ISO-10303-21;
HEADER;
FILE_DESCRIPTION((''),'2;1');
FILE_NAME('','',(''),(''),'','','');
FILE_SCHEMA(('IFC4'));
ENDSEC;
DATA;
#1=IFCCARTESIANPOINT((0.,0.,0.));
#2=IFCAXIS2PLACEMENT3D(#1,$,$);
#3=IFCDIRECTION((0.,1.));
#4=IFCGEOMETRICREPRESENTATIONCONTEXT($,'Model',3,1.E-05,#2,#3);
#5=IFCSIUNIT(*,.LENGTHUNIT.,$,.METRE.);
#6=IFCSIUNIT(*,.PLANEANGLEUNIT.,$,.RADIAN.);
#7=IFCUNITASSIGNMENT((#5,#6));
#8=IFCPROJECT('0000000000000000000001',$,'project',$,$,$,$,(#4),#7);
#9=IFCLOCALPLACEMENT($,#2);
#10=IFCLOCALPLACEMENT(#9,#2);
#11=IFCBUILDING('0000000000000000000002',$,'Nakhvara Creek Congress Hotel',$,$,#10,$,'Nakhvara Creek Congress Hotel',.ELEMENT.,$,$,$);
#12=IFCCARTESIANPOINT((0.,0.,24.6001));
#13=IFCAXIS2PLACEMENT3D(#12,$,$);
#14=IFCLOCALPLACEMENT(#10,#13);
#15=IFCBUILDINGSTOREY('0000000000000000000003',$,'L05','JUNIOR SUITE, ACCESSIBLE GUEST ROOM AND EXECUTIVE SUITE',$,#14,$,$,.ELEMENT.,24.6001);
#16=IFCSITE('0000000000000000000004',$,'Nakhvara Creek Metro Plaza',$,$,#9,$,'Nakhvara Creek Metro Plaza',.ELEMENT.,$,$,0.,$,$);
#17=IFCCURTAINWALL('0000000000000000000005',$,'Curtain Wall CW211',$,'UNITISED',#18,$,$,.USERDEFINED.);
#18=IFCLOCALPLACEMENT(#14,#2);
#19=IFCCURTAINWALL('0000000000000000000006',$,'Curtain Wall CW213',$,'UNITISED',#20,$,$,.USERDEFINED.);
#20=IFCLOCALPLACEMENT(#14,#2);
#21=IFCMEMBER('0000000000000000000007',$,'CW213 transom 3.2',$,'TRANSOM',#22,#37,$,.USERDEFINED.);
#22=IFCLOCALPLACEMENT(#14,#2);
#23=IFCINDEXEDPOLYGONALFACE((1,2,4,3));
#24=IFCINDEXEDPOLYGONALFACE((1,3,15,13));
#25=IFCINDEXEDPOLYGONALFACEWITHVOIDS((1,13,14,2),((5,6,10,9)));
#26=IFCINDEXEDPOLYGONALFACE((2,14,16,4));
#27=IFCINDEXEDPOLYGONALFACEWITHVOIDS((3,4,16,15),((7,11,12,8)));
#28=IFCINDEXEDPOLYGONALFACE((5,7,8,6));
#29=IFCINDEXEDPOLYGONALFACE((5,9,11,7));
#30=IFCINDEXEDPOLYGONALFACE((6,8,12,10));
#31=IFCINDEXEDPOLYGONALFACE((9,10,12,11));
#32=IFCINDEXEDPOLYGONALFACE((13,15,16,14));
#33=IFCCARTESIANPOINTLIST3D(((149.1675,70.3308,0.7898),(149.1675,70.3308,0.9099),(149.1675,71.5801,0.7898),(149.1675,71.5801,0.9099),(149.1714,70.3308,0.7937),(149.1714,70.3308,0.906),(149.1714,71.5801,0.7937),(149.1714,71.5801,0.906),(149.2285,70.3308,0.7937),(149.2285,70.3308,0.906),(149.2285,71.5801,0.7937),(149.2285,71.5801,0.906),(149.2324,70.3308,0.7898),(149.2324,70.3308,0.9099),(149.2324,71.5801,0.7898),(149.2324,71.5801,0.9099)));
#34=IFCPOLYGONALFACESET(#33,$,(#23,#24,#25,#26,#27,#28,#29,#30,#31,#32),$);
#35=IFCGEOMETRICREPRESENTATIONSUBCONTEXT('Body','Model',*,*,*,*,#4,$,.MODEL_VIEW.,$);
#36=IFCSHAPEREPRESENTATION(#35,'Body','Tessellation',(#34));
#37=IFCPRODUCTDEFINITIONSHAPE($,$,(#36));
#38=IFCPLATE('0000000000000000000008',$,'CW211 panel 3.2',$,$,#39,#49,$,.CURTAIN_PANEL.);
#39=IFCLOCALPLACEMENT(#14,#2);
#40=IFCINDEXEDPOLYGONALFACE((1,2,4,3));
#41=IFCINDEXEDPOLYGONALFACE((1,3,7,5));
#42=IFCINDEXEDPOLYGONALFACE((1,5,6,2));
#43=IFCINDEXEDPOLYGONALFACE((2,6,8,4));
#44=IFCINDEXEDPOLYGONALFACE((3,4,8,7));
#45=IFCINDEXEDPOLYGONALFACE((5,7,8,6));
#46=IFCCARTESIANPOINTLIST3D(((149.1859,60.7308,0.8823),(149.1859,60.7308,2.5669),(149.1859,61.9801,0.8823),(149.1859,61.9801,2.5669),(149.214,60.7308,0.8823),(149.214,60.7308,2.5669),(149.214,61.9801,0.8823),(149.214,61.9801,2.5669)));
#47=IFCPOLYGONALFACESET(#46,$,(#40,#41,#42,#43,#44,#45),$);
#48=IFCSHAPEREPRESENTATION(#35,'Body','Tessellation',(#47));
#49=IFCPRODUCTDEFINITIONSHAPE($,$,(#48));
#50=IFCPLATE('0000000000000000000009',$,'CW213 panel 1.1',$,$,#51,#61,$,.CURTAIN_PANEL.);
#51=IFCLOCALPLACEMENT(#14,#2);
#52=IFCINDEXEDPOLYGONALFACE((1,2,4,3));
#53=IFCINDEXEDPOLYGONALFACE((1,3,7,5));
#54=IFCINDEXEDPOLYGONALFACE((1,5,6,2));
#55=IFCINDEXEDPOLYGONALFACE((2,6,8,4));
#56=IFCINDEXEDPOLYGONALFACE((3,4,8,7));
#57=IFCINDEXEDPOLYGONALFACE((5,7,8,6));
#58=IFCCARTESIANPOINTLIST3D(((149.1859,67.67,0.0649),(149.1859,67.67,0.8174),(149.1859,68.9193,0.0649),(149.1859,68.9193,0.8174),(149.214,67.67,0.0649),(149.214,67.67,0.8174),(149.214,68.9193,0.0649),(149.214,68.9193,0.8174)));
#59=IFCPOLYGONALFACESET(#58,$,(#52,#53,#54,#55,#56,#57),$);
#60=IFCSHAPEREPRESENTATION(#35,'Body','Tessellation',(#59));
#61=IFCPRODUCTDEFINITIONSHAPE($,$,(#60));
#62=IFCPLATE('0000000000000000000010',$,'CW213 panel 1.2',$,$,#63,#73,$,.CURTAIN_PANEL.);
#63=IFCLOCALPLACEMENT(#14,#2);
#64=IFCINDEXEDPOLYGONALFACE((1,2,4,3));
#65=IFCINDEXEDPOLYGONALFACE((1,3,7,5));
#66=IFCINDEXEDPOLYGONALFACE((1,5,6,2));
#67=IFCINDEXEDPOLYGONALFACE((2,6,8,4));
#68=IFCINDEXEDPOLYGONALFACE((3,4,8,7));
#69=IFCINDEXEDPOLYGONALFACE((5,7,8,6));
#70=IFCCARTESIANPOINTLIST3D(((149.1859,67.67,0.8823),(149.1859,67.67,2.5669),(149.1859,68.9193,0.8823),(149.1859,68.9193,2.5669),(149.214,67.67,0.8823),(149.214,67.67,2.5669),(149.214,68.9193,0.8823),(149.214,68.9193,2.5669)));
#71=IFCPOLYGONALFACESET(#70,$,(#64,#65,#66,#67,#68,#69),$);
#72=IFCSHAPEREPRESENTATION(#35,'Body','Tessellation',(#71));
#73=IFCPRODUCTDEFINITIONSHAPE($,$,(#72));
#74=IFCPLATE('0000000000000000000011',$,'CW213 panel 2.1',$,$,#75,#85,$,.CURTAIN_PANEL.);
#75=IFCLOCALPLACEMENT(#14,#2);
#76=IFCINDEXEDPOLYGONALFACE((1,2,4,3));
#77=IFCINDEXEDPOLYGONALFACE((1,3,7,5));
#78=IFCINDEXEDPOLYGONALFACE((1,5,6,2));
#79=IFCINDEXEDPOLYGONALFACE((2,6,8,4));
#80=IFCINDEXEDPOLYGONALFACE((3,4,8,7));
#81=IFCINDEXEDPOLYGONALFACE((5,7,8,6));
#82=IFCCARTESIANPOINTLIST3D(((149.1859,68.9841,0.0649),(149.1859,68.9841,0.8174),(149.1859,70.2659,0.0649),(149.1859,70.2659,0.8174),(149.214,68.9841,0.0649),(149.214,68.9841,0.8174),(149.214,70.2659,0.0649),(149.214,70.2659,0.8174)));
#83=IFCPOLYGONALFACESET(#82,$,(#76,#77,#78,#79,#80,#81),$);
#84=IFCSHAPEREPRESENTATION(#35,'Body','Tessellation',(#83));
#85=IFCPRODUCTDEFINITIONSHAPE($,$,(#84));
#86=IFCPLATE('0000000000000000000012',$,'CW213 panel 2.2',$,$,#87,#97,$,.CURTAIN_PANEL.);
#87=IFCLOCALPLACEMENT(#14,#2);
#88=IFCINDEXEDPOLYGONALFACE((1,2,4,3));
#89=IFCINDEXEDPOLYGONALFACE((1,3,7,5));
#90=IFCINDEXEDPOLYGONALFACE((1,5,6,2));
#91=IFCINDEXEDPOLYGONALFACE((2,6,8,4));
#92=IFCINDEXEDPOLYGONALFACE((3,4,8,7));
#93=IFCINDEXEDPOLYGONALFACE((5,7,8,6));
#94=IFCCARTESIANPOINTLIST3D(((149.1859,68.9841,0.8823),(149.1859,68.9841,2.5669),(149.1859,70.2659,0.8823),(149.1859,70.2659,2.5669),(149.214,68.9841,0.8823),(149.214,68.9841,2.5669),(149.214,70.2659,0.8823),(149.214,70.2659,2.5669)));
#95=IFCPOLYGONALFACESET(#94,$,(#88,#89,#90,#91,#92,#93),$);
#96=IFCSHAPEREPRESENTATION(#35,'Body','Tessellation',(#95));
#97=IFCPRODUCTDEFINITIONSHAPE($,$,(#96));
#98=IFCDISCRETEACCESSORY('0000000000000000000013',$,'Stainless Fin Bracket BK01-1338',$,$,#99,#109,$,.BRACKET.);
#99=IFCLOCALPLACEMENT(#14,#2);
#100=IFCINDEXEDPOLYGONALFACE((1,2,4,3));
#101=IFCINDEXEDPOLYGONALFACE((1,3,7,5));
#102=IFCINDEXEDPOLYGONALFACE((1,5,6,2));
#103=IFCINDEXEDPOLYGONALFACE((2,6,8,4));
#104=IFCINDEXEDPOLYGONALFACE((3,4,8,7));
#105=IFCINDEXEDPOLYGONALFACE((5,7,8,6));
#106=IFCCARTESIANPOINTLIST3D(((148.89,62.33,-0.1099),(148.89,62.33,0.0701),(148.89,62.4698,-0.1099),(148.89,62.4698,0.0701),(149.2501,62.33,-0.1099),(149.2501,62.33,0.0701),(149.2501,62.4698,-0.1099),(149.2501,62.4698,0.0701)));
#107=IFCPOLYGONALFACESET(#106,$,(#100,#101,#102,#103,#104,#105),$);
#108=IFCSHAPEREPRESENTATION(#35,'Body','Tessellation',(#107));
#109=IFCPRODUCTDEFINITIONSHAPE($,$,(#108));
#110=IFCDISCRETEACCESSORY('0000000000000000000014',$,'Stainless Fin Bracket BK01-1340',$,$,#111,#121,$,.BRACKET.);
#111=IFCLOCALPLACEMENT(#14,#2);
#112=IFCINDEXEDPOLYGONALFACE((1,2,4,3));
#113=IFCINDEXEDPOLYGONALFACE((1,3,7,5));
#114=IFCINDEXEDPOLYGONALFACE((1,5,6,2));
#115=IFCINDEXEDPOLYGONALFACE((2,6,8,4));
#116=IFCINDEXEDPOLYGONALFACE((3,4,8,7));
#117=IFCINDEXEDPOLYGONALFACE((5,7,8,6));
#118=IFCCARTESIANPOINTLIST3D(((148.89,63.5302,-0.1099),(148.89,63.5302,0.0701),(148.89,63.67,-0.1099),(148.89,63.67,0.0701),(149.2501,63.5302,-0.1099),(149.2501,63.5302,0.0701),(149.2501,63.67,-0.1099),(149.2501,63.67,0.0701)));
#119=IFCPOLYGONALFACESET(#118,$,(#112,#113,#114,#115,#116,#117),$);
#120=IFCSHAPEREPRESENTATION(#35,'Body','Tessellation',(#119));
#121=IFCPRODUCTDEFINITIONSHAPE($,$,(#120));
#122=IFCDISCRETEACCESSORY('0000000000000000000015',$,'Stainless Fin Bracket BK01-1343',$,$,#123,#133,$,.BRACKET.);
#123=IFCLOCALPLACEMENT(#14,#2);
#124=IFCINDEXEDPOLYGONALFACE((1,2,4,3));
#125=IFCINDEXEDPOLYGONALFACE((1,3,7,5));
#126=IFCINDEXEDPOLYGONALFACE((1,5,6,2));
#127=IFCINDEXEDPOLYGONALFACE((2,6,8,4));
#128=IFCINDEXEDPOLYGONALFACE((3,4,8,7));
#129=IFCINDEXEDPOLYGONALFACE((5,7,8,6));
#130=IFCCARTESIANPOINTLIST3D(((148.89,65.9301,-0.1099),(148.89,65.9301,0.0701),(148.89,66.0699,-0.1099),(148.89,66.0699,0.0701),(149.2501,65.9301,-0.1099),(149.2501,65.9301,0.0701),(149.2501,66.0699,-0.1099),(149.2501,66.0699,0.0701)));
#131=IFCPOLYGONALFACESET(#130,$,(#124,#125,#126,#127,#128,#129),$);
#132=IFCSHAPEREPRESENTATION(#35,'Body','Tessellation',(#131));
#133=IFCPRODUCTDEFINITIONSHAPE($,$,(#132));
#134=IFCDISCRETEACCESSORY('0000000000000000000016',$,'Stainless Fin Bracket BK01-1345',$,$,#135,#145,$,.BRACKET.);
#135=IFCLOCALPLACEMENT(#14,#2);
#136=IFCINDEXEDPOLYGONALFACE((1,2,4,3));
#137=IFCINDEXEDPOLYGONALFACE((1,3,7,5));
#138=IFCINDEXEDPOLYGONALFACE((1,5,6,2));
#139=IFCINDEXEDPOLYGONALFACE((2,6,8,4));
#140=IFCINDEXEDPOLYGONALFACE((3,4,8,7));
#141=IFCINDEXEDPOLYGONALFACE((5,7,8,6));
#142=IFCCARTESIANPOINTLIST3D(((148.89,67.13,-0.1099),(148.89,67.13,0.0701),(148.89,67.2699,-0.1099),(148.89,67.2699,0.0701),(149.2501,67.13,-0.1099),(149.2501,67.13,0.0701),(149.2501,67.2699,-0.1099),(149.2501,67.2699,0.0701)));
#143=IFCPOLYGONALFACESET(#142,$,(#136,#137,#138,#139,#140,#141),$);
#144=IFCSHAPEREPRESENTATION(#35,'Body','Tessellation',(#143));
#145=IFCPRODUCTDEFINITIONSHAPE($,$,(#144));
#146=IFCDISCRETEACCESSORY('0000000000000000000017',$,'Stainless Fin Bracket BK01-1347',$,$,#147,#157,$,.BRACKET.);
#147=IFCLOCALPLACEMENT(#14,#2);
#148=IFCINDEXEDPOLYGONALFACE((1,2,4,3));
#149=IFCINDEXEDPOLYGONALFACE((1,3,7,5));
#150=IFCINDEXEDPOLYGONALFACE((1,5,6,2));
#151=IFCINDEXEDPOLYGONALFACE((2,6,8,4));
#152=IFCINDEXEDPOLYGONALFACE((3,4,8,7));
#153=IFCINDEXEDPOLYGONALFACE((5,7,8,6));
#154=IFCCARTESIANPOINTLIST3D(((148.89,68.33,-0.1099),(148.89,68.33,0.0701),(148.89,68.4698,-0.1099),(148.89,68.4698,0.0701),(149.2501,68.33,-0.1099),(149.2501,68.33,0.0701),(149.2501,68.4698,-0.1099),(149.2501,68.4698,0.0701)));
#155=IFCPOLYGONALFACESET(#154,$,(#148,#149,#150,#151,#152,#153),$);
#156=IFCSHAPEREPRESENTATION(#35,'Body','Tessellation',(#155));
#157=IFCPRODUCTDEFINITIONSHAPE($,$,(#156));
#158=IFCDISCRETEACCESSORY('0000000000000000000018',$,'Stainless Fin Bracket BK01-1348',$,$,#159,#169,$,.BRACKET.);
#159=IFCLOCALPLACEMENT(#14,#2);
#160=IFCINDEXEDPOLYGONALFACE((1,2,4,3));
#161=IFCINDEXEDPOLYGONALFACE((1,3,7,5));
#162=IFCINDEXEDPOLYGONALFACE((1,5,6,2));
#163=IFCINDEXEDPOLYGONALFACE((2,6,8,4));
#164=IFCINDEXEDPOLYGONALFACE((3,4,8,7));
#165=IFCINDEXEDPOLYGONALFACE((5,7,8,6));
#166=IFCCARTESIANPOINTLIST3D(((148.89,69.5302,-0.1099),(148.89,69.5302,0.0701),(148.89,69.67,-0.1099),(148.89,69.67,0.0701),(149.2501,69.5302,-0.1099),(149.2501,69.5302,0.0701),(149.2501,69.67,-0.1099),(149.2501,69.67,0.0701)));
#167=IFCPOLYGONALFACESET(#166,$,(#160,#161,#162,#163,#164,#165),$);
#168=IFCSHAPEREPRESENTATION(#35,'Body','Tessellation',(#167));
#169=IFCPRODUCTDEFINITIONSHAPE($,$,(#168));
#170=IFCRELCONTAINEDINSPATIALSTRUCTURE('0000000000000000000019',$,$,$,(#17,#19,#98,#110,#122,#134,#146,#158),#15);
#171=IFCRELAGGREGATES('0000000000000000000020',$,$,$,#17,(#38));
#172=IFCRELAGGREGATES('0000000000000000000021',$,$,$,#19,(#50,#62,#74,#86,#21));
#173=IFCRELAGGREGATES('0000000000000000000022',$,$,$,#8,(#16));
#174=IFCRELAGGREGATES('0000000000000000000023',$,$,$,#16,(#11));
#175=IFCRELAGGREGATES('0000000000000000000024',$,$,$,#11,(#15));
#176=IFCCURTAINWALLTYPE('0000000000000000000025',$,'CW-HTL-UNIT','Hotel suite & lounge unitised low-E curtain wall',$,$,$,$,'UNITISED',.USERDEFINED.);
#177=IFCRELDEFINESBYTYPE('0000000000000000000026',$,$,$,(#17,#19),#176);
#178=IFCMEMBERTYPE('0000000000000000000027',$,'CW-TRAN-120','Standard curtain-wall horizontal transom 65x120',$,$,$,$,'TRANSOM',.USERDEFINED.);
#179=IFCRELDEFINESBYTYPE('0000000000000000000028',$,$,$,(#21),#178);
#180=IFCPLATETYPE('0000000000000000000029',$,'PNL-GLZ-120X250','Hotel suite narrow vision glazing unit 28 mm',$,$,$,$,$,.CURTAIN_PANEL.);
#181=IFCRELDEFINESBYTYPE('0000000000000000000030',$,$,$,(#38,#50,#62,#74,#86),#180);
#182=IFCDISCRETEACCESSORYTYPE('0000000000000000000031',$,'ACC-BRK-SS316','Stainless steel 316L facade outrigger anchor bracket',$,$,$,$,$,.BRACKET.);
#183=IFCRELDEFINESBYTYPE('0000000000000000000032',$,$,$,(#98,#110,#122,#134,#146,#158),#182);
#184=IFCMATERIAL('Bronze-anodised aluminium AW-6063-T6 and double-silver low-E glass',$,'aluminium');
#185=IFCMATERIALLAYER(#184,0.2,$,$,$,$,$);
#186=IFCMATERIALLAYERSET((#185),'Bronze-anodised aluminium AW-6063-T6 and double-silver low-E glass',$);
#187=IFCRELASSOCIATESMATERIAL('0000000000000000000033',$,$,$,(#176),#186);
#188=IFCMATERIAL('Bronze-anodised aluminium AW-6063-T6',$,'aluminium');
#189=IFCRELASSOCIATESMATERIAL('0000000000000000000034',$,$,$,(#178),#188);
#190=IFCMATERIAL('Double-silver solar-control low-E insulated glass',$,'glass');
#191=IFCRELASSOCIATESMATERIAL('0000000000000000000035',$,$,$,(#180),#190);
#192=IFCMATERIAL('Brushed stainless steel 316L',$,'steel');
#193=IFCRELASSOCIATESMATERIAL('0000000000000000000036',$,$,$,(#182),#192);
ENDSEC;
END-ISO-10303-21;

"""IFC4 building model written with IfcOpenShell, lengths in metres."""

from ifc_helpers import new_model, si_unit, direction, frame, origin, origin_2d, place, context, subcontext, project, spatial, rectangle, hollow_rectangle, extrude, material, layer, layer_set, material_profile, profile_set, type_object, element, aggregate, save


model = new_model("IFC4")

# Units and contexts
model_context = context("Model", 3, precision=1e-05, world=origin(), true_north=direction((0.0, 1.0)))
body_context = subcontext(model_context, "Body", "Model", "MODEL_VIEW")
ifc_project = project(units=[si_unit("LENGTHUNIT", "METRE"), si_unit("PLANEANGLEUNIT", "RADIAN")], contexts=[model_context])

# Site, building, storey
site_placement = place(None, origin())
site = spatial("IfcSite", under=ifc_project, at=site_placement, Name="Nakhvara Creek Metro Plaza", LongName="Nakhvara Creek Metro Plaza", CompositionType="ELEMENT", RefElevation=0.0)
building_placement = place(site_placement, origin())
building = spatial("IfcBuilding", under=site, at=building_placement, Name="Nakhvara Creek Congress Hotel", LongName="Nakhvara Creek Congress Hotel", CompositionType="ELEMENT")
storey_placement = place(building_placement, frame((0.0, 0.0, 24.6001)))
storey = spatial("IfcBuildingStorey", under=building, at=storey_placement, Name="L05", Description="JUNIOR SUITE, ACCESSIBLE GUEST ROOM AND EXECUTIVE SUITE", CompositionType="ELEMENT", Elevation=24.6001)

# Curtain wall
ifc_material_1 = material(Name="Bronze-anodised aluminium AW-6063-T6 and double-silver low-E glass", Category="aluminium")
ifc_layer = layer(ifc_material_1, 0.2)
ifc_layer_set = layer_set([ifc_layer], Name="Bronze-anodised aluminium AW-6063-T6 and double-silver low-E glass")
curtain_wall_type = type_object("IfcCurtainWallType", Name="CW-HTL-UNIT", Description="Hotel suite & lounge unitised low-E curtain wall", ElementType="UNITISED", PredefinedType="USERDEFINED", material=ifc_layer_set)
curtain_wall_1_placement = place(storey_placement, origin())
curtain_wall_1 = element("IfcCurtainWall", 1, at=curtain_wall_1_placement, inside=storey, type_object=curtain_wall_type, Name="Curtain Wall CW211", ObjectType="UNITISED", PredefinedType="USERDEFINED")
ifc_material_2 = material(Name="Bronze-anodised aluminium AW-6063-T6", Category="aluminium")

# Curtain wall, member
curtain_wall_2_placement = place(storey_placement, origin())
curtain_wall_2 = element("IfcCurtainWall", 2, at=curtain_wall_2_placement, inside=storey, type_object=curtain_wall_type, Name="Curtain Wall CW213", ObjectType="UNITISED", PredefinedType="USERDEFINED")
ifc_material_profile_1 = material_profile(ifc_material_2, hollow_rectangle(XDim=0.0649, YDim=0.1201, WallThickness=0.0039, at=origin_2d()), Name="ALU-TRAN 65x120x4", Category="LoadBearing")
ifc_profile_set_1 = profile_set([ifc_material_profile_1], Name="Bronze-anodised aluminium AW-6063-T6")
member_type_1 = type_object("IfcMemberType", Name="CW-TRAN-120", Description="Standard curtain-wall horizontal transom 65x120", ElementType="TRANSOM", PredefinedType="USERDEFINED", material=ifc_profile_set_1)
member_1_placement = place(storey_placement, frame((149.2, 70.3308, 0.8499), z_axis=(0.0, 1.0, 0.0), x_axis=(-1.0, 0.0, 0.0)))
member_1 = element("IfcMember", 3, at=member_1_placement, type_object=member_type_1, Name="CW213 transom 3.2", ObjectType="TRANSOM", PredefinedType="USERDEFINED", context=body_context, shape_type="SweptSolid", body=[
    extrude(hollow_rectangle(XDim=0.0649, YDim=0.1201, WallThickness=0.0039, at=origin_2d()), origin(), (0.0, 0.0, 1.0), 1.2493),
])

# Plates
ifc_material_3 = material(Name="Double-silver solar-control low-E insulated glass", Category="glass")
plate_type = type_object("IfcPlateType", Name="PNL-GLZ-120X250", Description="Hotel suite narrow vision glazing unit 28 mm", PredefinedType="CURTAIN_PANEL", material=ifc_material_3)
plate_1_placement = place(storey_placement, frame((149.2, 61.3555, 0.8823), z_axis=(0.0, 0.0, 1.0), x_axis=(0.0, 1.0, 0.0)))
plate_1 = element("IfcPlate", 4, at=plate_1_placement, type_object=plate_type, Name="CW211 panel 3.2", PredefinedType="CURTAIN_PANEL", context=body_context, shape_type="SweptSolid", body=[
    extrude(rectangle(XDim=1.2493, YDim=0.0281, at=origin_2d()), origin(), (0.0, 0.0, 1.0), 1.6846),
])
aggregate(curtain_wall_1, [plate_1])
plate_2_placement = place(storey_placement, frame((149.2, 68.2947, 0.0649), z_axis=(0.0, 0.0, 1.0), x_axis=(0.0, 1.0, 0.0)))
plate_2 = element("IfcPlate", 5, at=plate_2_placement, type_object=plate_type, Name="CW213 panel 1.1", PredefinedType="CURTAIN_PANEL", context=body_context, shape_type="SweptSolid", body=[
    extrude(rectangle(XDim=1.2493, YDim=0.0281, at=origin_2d()), origin(), (0.0, 0.0, 1.0), 0.7524),
])
plate_3_placement = place(storey_placement, frame((149.2, 68.2947, 0.8823), z_axis=(0.0, 0.0, 1.0), x_axis=(0.0, 1.0, 0.0)))
plate_3 = element("IfcPlate", 6, at=plate_3_placement, type_object=plate_type, Name="CW213 panel 1.2", PredefinedType="CURTAIN_PANEL", context=body_context, shape_type="SweptSolid", body=[
    extrude(rectangle(XDim=1.2493, YDim=0.0281, at=origin_2d()), origin(), (0.0, 0.0, 1.0), 1.6846),
])
plate_4_placement = place(storey_placement, frame((149.2, 69.625, 0.0649), z_axis=(0.0, 0.0, 1.0), x_axis=(0.0, 1.0, 0.0)))
plate_4 = element("IfcPlate", 7, at=plate_4_placement, type_object=plate_type, Name="CW213 panel 2.1", PredefinedType="CURTAIN_PANEL", context=body_context, shape_type="SweptSolid", body=[
    extrude(rectangle(XDim=1.2817, YDim=0.0281, at=origin_2d()), origin(), (0.0, 0.0, 1.0), 0.7524),
])
plate_5_placement = place(storey_placement, frame((149.2, 69.625, 0.8823), z_axis=(0.0, 0.0, 1.0), x_axis=(0.0, 1.0, 0.0)))
plate_5 = element("IfcPlate", 8, at=plate_5_placement, type_object=plate_type, Name="CW213 panel 2.2", PredefinedType="CURTAIN_PANEL", context=body_context, shape_type="SweptSolid", body=[
    extrude(rectangle(XDim=1.2817, YDim=0.0281, at=origin_2d()), origin(), (0.0, 0.0, 1.0), 1.6846),
])
aggregate(curtain_wall_2, [plate_2, plate_3, plate_4, plate_5, member_1])

# Discrete accessories
ifc_material_4 = material(Name="Brushed stainless steel 316L", Category="steel")
discrete_accessory_type = type_object("IfcDiscreteAccessoryType", Name="ACC-BRK-SS316", Description="Stainless steel 316L facade outrigger anchor bracket", PredefinedType="BRACKET", material=ifc_material_4)
for number, where, z_axis, x_axis, name in (
    (9, (149.0701, 62.3999, -0.1099), (0.0, 0.0, 1.0), (0.0, 1.0, 0.0), "Stainless Fin Bracket BK01-1338"),
    (10, (149.0701, 63.6001, -0.1099), (0.0, 0.0, 1.0), (0.0, 1.0, 0.0), "Stainless Fin Bracket BK01-1340"),
    (11, (149.0701, 66.0, -0.1099), (0.0, 0.0, 1.0), (0.0, 1.0, 0.0), "Stainless Fin Bracket BK01-1343"),
    (12, (149.0701, 67.2, -0.1099), (0.0, 0.0, 1.0), (0.0, 1.0, 0.0), "Stainless Fin Bracket BK01-1345"),
    (13, (149.0701, 68.3999, -0.1099), (0.0, 0.0, 1.0), (0.0, 1.0, 0.0), "Stainless Fin Bracket BK01-1347"),
    (14, (149.0701, 69.6001, -0.1099), (0.0, 0.0, 1.0), (0.0, 1.0, 0.0), "Stainless Fin Bracket BK01-1348"),
):
    element("IfcDiscreteAccessory", number, at=place(storey_placement, frame(where, z_axis=z_axis, x_axis=x_axis)), inside=storey, type_object=discrete_accessory_type, Name=name, PredefinedType="BRACKET", context=body_context, shape_type="SweptSolid", body=[
        extrude(rectangle(XDim=0.1399, YDim=0.3601, at=origin_2d()), origin(), (0.0, 0.0, 1.0), 0.1799),
    ])

save(model, "model.ifc")
